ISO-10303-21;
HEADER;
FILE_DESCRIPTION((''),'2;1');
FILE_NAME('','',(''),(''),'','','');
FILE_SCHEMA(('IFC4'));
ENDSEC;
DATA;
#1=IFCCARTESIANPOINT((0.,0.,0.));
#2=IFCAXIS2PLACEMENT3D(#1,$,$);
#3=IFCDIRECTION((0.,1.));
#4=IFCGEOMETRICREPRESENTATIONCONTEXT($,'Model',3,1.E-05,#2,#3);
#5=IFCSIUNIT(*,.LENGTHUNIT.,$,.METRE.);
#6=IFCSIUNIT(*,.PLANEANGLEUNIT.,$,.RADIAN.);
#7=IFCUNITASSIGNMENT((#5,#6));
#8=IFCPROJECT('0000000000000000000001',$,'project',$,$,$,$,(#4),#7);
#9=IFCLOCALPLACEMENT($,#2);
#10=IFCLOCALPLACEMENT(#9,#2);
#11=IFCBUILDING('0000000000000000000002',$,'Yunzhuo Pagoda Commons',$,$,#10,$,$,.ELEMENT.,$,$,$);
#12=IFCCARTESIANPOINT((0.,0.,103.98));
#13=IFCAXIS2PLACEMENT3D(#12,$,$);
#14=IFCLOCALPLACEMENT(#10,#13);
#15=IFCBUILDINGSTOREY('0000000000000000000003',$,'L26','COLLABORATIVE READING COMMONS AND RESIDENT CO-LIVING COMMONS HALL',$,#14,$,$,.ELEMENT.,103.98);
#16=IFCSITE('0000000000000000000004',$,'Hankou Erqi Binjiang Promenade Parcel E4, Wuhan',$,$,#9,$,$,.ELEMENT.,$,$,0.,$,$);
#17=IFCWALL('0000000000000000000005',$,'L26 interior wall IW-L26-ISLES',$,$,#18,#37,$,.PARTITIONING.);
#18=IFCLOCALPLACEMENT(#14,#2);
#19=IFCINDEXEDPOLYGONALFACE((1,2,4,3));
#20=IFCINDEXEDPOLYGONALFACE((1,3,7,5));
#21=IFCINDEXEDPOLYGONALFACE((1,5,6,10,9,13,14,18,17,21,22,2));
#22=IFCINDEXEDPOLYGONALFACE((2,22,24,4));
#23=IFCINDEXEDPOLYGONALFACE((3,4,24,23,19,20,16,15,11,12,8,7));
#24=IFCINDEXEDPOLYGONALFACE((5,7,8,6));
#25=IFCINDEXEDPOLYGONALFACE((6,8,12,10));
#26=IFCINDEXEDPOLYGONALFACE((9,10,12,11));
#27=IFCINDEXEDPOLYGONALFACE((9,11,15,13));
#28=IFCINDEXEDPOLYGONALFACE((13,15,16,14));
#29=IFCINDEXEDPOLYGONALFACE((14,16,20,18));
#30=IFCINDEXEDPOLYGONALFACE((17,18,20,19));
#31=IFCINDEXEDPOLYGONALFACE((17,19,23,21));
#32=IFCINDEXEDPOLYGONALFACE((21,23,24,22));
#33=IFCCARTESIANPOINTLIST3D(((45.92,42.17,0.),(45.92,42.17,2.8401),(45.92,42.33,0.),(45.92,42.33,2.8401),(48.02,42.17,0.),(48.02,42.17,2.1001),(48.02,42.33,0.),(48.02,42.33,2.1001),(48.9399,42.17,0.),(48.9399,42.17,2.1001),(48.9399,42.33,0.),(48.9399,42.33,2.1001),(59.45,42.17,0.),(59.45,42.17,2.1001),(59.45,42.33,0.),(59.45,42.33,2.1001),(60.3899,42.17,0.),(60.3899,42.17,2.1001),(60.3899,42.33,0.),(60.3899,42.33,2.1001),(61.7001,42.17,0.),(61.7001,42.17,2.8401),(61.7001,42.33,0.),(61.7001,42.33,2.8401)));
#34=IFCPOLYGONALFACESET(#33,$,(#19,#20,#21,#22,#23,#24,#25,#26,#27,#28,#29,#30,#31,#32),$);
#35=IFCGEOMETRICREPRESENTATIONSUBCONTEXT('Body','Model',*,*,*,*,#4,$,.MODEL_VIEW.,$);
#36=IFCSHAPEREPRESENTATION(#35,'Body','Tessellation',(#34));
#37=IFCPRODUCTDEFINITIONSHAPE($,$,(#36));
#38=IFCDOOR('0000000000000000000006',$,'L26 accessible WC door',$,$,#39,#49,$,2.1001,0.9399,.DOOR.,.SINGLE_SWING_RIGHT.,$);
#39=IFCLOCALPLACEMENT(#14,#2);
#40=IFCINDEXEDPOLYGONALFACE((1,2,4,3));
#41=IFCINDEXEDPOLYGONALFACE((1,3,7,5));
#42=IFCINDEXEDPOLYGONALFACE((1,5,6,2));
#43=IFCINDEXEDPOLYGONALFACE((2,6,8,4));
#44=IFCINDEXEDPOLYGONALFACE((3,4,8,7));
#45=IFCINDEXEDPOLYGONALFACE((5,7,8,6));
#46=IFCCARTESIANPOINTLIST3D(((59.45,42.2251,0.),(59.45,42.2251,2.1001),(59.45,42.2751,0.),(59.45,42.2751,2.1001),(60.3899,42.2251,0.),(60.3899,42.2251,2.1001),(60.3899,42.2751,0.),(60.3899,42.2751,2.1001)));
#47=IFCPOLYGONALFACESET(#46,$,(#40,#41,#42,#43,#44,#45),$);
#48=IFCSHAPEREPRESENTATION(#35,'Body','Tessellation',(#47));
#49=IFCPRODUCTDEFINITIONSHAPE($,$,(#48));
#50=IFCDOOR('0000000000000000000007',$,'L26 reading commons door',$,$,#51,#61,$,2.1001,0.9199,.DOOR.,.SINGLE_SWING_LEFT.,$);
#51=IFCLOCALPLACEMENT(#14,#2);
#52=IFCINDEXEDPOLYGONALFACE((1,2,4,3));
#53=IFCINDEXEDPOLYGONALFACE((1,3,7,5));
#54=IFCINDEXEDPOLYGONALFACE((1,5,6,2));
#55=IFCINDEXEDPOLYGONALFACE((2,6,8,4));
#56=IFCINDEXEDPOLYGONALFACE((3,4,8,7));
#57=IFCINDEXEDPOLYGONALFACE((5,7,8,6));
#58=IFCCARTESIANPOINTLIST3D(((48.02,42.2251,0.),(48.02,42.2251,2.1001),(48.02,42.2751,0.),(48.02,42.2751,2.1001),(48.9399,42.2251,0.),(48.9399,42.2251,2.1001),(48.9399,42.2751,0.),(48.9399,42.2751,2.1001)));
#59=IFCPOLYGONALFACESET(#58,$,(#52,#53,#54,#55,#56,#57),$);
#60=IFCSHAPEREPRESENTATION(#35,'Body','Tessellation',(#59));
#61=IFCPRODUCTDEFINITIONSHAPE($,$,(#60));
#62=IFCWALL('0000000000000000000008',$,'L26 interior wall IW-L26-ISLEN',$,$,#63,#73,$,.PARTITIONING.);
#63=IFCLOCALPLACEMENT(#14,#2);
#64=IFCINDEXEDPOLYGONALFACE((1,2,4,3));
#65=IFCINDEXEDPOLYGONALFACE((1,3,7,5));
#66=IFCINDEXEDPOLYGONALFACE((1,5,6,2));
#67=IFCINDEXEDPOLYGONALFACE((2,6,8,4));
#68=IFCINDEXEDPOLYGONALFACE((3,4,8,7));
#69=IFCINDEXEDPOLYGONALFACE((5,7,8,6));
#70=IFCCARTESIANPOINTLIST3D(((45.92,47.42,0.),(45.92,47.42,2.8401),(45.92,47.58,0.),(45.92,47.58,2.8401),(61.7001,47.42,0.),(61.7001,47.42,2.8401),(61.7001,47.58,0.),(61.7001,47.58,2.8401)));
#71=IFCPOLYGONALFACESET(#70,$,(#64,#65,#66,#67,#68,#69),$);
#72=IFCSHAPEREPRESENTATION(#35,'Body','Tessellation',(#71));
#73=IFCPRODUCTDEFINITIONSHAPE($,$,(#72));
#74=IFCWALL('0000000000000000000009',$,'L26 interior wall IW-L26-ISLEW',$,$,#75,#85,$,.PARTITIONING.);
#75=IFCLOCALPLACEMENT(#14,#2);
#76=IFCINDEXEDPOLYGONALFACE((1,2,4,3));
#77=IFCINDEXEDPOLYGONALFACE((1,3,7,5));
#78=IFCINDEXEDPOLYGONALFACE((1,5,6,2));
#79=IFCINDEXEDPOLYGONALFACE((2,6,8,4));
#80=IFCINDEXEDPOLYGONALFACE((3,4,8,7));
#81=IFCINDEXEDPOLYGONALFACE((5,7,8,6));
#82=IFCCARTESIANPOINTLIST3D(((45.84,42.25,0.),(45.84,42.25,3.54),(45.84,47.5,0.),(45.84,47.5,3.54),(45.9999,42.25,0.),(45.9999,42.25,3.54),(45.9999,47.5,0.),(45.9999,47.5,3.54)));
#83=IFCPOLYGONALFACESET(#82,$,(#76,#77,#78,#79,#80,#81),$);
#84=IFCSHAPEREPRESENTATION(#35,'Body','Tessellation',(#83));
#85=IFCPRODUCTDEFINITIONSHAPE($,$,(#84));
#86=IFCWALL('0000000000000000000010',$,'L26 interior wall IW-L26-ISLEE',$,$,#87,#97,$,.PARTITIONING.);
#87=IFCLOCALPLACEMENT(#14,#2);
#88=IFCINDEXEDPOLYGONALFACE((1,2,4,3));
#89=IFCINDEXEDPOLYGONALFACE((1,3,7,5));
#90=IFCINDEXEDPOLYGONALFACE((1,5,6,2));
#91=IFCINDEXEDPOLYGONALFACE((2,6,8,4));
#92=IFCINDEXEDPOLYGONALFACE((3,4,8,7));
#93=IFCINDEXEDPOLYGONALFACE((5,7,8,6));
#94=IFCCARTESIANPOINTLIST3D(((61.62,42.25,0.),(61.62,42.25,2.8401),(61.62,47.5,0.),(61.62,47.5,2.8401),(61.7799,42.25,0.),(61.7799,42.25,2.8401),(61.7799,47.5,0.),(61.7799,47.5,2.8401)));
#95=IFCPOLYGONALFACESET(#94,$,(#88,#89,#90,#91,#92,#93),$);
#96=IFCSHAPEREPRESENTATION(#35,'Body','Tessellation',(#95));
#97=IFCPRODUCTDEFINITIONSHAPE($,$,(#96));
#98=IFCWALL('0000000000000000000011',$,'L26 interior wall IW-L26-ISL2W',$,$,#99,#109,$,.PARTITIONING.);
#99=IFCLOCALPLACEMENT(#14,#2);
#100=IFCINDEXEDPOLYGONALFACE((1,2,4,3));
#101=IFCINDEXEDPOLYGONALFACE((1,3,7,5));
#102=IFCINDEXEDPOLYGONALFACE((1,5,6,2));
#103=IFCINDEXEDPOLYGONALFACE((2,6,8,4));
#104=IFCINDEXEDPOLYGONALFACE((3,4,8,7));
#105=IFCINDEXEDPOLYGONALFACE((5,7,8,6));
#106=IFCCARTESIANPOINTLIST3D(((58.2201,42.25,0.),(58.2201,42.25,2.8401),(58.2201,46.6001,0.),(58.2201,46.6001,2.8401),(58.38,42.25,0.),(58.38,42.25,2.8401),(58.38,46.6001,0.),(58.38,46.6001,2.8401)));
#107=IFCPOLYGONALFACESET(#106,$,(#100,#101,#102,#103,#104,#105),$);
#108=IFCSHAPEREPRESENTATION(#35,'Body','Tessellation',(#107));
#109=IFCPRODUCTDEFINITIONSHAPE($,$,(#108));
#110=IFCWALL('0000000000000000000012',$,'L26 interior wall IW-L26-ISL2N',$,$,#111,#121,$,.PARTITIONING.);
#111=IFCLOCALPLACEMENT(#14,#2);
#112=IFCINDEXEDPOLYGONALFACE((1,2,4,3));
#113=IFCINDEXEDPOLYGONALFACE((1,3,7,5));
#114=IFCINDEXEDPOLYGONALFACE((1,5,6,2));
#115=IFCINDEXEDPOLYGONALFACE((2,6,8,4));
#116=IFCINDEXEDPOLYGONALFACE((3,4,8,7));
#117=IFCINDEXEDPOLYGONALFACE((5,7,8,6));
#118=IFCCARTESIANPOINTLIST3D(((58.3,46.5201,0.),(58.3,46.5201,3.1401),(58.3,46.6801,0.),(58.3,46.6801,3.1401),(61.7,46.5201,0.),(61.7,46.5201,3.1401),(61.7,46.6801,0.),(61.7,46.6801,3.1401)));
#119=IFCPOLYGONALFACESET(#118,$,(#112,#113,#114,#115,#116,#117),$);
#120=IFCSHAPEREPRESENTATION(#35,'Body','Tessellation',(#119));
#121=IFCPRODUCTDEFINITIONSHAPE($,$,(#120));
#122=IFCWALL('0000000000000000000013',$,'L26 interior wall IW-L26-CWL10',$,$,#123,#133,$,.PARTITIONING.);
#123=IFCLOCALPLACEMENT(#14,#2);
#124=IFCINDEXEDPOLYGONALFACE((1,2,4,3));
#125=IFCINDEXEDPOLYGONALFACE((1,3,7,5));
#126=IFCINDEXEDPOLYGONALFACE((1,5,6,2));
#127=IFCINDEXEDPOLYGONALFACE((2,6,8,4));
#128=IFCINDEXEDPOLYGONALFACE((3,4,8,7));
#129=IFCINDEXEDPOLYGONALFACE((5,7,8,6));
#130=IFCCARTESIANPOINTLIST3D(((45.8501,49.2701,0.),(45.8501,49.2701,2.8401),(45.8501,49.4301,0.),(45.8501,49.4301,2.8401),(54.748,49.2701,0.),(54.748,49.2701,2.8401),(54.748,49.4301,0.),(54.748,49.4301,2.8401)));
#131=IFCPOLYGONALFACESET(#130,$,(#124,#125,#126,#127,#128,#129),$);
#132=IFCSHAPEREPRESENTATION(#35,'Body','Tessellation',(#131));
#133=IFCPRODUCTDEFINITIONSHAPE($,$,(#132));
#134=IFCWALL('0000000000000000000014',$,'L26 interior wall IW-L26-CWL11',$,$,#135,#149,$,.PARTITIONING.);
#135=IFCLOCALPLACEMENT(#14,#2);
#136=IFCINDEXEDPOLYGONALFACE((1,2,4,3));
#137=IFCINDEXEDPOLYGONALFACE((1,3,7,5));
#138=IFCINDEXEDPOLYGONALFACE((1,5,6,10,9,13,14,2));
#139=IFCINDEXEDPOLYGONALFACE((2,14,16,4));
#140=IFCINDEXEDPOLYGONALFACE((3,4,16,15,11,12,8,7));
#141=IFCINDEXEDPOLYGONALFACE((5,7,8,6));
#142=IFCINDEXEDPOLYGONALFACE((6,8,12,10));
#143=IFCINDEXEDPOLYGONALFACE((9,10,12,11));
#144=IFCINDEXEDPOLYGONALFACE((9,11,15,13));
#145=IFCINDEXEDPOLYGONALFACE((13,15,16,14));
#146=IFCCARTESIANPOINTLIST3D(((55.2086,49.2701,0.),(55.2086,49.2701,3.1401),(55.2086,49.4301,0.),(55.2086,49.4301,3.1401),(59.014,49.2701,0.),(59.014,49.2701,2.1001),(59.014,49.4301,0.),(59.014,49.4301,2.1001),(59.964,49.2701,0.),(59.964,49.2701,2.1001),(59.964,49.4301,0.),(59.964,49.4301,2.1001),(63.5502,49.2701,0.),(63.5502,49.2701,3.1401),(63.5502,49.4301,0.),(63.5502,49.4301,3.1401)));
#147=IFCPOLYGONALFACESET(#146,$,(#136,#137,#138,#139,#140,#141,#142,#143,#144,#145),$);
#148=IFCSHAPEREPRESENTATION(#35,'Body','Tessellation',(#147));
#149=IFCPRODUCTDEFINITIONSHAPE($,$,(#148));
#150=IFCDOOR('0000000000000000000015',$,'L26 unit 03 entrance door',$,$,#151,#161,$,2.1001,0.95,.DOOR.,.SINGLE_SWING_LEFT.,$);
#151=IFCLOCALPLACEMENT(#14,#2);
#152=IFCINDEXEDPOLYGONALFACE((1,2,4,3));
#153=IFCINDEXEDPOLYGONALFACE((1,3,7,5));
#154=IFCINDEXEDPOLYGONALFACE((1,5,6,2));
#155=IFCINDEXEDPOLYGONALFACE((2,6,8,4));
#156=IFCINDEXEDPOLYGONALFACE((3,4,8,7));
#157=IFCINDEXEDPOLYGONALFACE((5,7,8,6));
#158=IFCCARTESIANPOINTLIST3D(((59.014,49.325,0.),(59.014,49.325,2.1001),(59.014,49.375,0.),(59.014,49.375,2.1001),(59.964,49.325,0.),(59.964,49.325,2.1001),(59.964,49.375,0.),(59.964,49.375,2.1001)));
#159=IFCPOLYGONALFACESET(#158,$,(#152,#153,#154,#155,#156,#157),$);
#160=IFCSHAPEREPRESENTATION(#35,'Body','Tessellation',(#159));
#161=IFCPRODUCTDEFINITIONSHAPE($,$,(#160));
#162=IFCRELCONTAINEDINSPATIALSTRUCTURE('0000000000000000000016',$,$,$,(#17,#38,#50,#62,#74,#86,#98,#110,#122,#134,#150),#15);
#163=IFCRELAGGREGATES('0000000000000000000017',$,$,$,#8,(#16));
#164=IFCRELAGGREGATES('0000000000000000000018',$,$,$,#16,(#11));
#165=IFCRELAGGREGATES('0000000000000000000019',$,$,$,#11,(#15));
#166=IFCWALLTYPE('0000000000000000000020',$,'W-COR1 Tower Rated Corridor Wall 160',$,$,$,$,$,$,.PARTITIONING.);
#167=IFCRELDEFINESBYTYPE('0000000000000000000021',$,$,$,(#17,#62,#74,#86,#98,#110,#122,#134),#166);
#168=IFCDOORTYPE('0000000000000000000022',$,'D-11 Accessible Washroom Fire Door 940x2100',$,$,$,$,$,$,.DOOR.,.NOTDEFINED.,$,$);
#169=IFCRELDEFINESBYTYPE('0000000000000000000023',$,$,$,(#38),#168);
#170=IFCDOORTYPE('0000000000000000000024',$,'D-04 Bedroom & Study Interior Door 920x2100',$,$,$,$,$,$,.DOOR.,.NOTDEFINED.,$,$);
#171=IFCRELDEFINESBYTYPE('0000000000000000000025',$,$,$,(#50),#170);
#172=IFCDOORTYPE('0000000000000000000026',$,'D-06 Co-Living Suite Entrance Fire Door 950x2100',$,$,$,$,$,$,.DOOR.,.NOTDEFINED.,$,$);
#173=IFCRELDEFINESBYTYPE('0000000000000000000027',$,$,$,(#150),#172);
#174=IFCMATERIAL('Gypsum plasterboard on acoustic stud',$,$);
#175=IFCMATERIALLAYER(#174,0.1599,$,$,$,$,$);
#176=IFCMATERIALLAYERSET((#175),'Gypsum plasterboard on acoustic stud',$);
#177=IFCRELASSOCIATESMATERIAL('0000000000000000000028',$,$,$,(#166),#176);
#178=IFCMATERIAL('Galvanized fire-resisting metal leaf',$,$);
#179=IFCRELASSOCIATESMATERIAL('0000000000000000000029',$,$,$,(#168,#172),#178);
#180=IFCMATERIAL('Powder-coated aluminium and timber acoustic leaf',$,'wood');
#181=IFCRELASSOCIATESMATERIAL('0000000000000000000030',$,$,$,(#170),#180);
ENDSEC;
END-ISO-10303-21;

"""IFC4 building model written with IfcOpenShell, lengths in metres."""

from ifc_helpers import new_model, si_unit, direction, frame, frame_2d, origin, origin_with_axes, place, context, subcontext, project, spatial, rectangle, extrude, source, transform, mapped, material, layer, layer_set, type_object, element, fill, save


model = new_model("IFC4")

# Units and contexts
model_context = context("Model", 3, precision=1e-05, world=origin(), true_north=direction((0.0, 1.0)))
body_context = subcontext(model_context, "Body", "Model", "MODEL_VIEW")
ifc_project = project(units=[si_unit("LENGTHUNIT", "METRE"), si_unit("PLANEANGLEUNIT", "RADIAN")], contexts=[model_context])

# Site, building, storey
site_placement = place(None, origin())
site = spatial("IfcSite", under=ifc_project, at=site_placement, Name="Hankou Erqi Binjiang Promenade Parcel E4, Wuhan", CompositionType="ELEMENT", RefElevation=0.0)
building_placement = place(site_placement, origin())
building = spatial("IfcBuilding", under=site, at=building_placement, Name="Yunzhuo Pagoda Commons", CompositionType="ELEMENT")
storey_placement = place(building_placement, frame((0.0, 0.0, 103.98)))
storey = spatial("IfcBuildingStorey", under=building, at=storey_placement, Name="L26", Description="COLLABORATIVE READING COMMONS AND RESIDENT CO-LIVING COMMONS HALL", CompositionType="ELEMENT", Elevation=103.98)

# Shared definitions
ifc_material_1 = material(Name="Galvanized fire-resisting metal leaf")

# Wall, openings, doors
ifc_material_2 = material(Name="Gypsum plasterboard on acoustic stud")
ifc_layer_1 = layer(ifc_material_2, 0.1599)
ifc_layer_set_1 = layer_set([ifc_layer_1], Name="Gypsum plasterboard on acoustic stud")
wall_type_1 = type_object("IfcWallType", Name="W-COR1 Tower Rated Corridor Wall 160", PredefinedType="PARTITIONING", material=ifc_layer_set_1)
wall_1_placement = place(storey_placement, frame((45.9199, 42.25, 0.0), z_axis=(0.0, 0.0, 1.0), x_axis=(1.0, 0.0, 0.0)))
wall_1 = element("IfcWall", 1, at=wall_1_placement, inside=storey, type_object=wall_type_1, Name="L26 interior wall IW-L26-ISLES", PredefinedType="PARTITIONING", context=body_context, shape_type="SweptSolid", body=[
    extrude(rectangle(XDim=15.78, YDim=0.1599, at=frame_2d((7.8901, 0.0))), origin(), (0.0, 0.0, 1.0), 2.8401),
])
opening_1_placement = place(wall_1_placement, frame((2.1001, 0.0, 0.0)))
opening_1 = element("IfcOpeningElement", 2, at=opening_1_placement, cuts=wall_1, PredefinedType="OPENING", context=body_context, shape_type="SweptSolid", body=[
    extrude(rectangle(XDim=0.9199, YDim=2.1001, at=frame_2d((0.46, 1.05))), frame((0.0, 0.0898, 0.0), z_axis=(0.0, -1.0, 0.0), x_axis=(1.0, 0.0, 0.0)), (0.0, 0.0, 1.0), 0.1799),
])
opening_2_placement = place(wall_1_placement, frame((13.53, 0.0, 0.0)))
opening_2 = element("IfcOpeningElement", 3, at=opening_2_placement, cuts=wall_1, PredefinedType="OPENING", context=body_context, shape_type="SweptSolid", body=[
    extrude(rectangle(XDim=0.9399, YDim=2.1001, at=frame_2d((0.47, 1.05))), frame((0.0, 0.0898, 0.0), z_axis=(0.0, -1.0, 0.0), x_axis=(1.0, 0.0, 0.0)), (0.0, 0.0, 1.0), 0.1799),
])
door_type_1 = type_object("IfcDoorType", Name="D-11 Accessible Washroom Fire Door 940x2100", OperationType="NOTDEFINED", PredefinedType="DOOR", material=ifc_material_1)
shared_shape_1 = source(origin(), body_context, "Body", "SweptSolid", [
    extrude(rectangle(XDim=0.9399, YDim=2.1001, at=frame_2d((0.47, 1.05))), frame((0.0, 0.0249, 0.0), z_axis=(0.0, -1.0, 0.0), x_axis=(1.0, 0.0, 0.0)), (0.0, 0.0, 1.0), 0.05),
])
door_1_placement = place(opening_2_placement, frame((0.9399, 0.0, 0.0), z_axis=(0.0, 0.0, 1.0), x_axis=(-1.0, 0.0, 0.0)))
door_1 = element("IfcDoor", 4, at=door_1_placement, inside=storey, type_object=door_type_1, Name="L26 accessible WC door", OperationType="SINGLE_SWING_RIGHT", OverallHeight=2.1001, OverallWidth=0.9399, PredefinedType="DOOR", context=body_context, shape_type="MappedRepresentation", body=[
    mapped(shared_shape_1, transform((0.0, 0.0, 0.0), scale=1.0)),
])
fill(opening_2, door_1)
ifc_material_3 = material(Name="Powder-coated aluminium and timber acoustic leaf", Category="wood")
door_type_2 = type_object("IfcDoorType", Name="D-04 Bedroom & Study Interior Door 920x2100", OperationType="NOTDEFINED", PredefinedType="DOOR", material=ifc_material_3)
shared_shape_2 = source(origin(), body_context, "Body", "SweptSolid", [
    extrude(rectangle(XDim=0.9199, YDim=2.1001, at=frame_2d((0.46, 1.05))), frame((0.0, 0.0249, 0.0), z_axis=(0.0, -1.0, 0.0), x_axis=(1.0, 0.0, 0.0)), (0.0, 0.0, 1.0), 0.05),
])
door_2_placement = place(opening_1_placement, frame((0.9199, 0.0, 0.0), z_axis=(0.0, 0.0, 1.0), x_axis=(-1.0, 0.0, 0.0)))
door_2 = element("IfcDoor", 5, at=door_2_placement, inside=storey, type_object=door_type_2, Name="L26 reading commons door", OperationType="SINGLE_SWING_LEFT", OverallHeight=2.1001, OverallWidth=0.9199, PredefinedType="DOOR", context=body_context, shape_type="MappedRepresentation", body=[
    mapped(shared_shape_2, transform((0.0, 0.0, 0.0), scale=1.0)),
])
fill(opening_1, door_2)

# Walls
wall_2_placement = place(storey_placement, frame((45.9199, 47.5, 0.0), z_axis=(0.0, 0.0, 1.0), x_axis=(1.0, 0.0, 0.0)))
element("IfcWall", 6, at=wall_2_placement, inside=storey, type_object=wall_type_1, Name="L26 interior wall IW-L26-ISLEN", PredefinedType="PARTITIONING", context=body_context, shape_type="SweptSolid", body=[
    extrude(rectangle(XDim=15.78, YDim=0.1599, at=frame_2d((7.8901, 0.0))), origin(), (0.0, 0.0, 1.0), 2.8401),
])
wall_3_placement = place(storey_placement, frame((45.9199, 42.25, 0.0), z_axis=(0.0, 0.0, 1.0), x_axis=(0.0, 1.0, 0.0)))
element("IfcWall", 7, at=wall_3_placement, inside=storey, type_object=wall_type_1, Name="L26 interior wall IW-L26-ISLEW", PredefinedType="PARTITIONING", context=body_context, shape_type="SweptSolid", body=[
    extrude(rectangle(XDim=5.25, YDim=0.1599, at=frame_2d((2.625, 0.0))), origin(), (0.0, 0.0, 1.0), 3.54),
])
wall_4_placement = place(storey_placement, frame((61.7, 42.25, 0.0), z_axis=(0.0, 0.0, 1.0), x_axis=(0.0, 1.0, 0.0)))
element("IfcWall", 8, at=wall_4_placement, inside=storey, type_object=wall_type_1, Name="L26 interior wall IW-L26-ISLEE", PredefinedType="PARTITIONING", context=body_context, shape_type="SweptSolid", body=[
    extrude(rectangle(XDim=5.25, YDim=0.1599, at=frame_2d((2.625, 0.0))), origin(), (0.0, 0.0, 1.0), 2.8401),
])
wall_5_placement = place(storey_placement, frame((58.3, 42.25, 0.0), z_axis=(0.0, 0.0, 1.0), x_axis=(0.0, 1.0, 0.0)))
element("IfcWall", 9, at=wall_5_placement, inside=storey, type_object=wall_type_1, Name="L26 interior wall IW-L26-ISL2W", PredefinedType="PARTITIONING", context=body_context, shape_type="SweptSolid", body=[
    extrude(rectangle(XDim=4.3501, YDim=0.1599, at=frame_2d((2.175, 0.0))), origin(), (0.0, 0.0, 1.0), 2.8401),
])
wall_6_placement = place(storey_placement, frame((58.3, 46.6001, 0.0), z_axis=(0.0, 0.0, 1.0), x_axis=(1.0, 0.0, 0.0)))
element("IfcWall", 10, at=wall_6_placement, inside=storey, type_object=wall_type_1, Name="L26 interior wall IW-L26-ISL2N", PredefinedType="PARTITIONING", context=body_context, shape_type="SweptSolid", body=[
    extrude(rectangle(XDim=3.3999, YDim=0.1599, at=frame_2d((1.7, 0.0))), origin(), (0.0, 0.0, 1.0), 3.1401),
])
wall_7_placement = place(storey_placement, frame((45.8501, 49.3501, 0.0), z_axis=(0.0, 0.0, 1.0), x_axis=(1.0, 0.0, 0.0)))
element("IfcWall", 11, at=wall_7_placement, inside=storey, type_object=wall_type_1, Name="L26 interior wall IW-L26-CWL10", PredefinedType="PARTITIONING", context=body_context, shape_type="SweptSolid", body=[
    extrude(rectangle(XDim=8.8979, YDim=0.1599, at=frame_2d((4.449, 0.0))), origin(), (0.0, 0.0, 1.0), 2.8401),
])

# Wall, opening, door
wall_8_placement = place(storey_placement, frame((55.2085, 49.3501, 0.0), z_axis=(0.0, 0.0, 1.0), x_axis=(1.0, 0.0, 0.0)))
wall_8 = element("IfcWall", 12, at=wall_8_placement, inside=storey, type_object=wall_type_1, Name="L26 interior wall IW-L26-CWL11", PredefinedType="PARTITIONING", context=body_context, shape_type="SweptSolid", body=[
    extrude(rectangle(XDim=8.3416, YDim=0.1599, at=frame_2d((4.1709, 0.0))), origin(), (0.0, 0.0, 1.0), 3.1401),
])
opening_3_placement = place(wall_8_placement, frame((3.8054, 0.0, 0.0)))
opening_3 = element("IfcOpeningElement", 13, at=opening_3_placement, cuts=wall_8, PredefinedType="OPENING", context=body_context, shape_type="SweptSolid", body=[
    extrude(rectangle(XDim=0.95, YDim=2.1001, at=frame_2d((0.4751, 1.05))), frame((0.0, 0.0898, 0.0), z_axis=(0.0, -1.0, 0.0), x_axis=(1.0, 0.0, 0.0)), (0.0, 0.0, 1.0), 0.1799),
])
door_type_3 = type_object("IfcDoorType", Name="D-06 Co-Living Suite Entrance Fire Door 950x2100", OperationType="NOTDEFINED", PredefinedType="DOOR", material=ifc_material_1)
shared_shape_3 = source(origin(), body_context, "Body", "SweptSolid", [
    extrude(rectangle(XDim=0.95, YDim=2.1001, at=frame_2d((0.4751, 1.05))), frame((0.0, 0.0249, 0.0), z_axis=(0.0, -1.0, 0.0), x_axis=(1.0, 0.0, 0.0)), (0.0, 0.0, 1.0), 0.05),
])
door_3_placement = place(opening_3_placement, origin_with_axes())
door_3 = element("IfcDoor", 14, at=door_3_placement, inside=storey, type_object=door_type_3, Name="L26 unit 03 entrance door", OperationType="SINGLE_SWING_LEFT", OverallHeight=2.1001, OverallWidth=0.95, PredefinedType="DOOR", context=body_context, shape_type="MappedRepresentation", body=[
    mapped(shared_shape_3, transform((0.0, 0.0, 0.0), scale=1.0)),
])
fill(opening_3, door_3)

save(model, "model.ifc")
